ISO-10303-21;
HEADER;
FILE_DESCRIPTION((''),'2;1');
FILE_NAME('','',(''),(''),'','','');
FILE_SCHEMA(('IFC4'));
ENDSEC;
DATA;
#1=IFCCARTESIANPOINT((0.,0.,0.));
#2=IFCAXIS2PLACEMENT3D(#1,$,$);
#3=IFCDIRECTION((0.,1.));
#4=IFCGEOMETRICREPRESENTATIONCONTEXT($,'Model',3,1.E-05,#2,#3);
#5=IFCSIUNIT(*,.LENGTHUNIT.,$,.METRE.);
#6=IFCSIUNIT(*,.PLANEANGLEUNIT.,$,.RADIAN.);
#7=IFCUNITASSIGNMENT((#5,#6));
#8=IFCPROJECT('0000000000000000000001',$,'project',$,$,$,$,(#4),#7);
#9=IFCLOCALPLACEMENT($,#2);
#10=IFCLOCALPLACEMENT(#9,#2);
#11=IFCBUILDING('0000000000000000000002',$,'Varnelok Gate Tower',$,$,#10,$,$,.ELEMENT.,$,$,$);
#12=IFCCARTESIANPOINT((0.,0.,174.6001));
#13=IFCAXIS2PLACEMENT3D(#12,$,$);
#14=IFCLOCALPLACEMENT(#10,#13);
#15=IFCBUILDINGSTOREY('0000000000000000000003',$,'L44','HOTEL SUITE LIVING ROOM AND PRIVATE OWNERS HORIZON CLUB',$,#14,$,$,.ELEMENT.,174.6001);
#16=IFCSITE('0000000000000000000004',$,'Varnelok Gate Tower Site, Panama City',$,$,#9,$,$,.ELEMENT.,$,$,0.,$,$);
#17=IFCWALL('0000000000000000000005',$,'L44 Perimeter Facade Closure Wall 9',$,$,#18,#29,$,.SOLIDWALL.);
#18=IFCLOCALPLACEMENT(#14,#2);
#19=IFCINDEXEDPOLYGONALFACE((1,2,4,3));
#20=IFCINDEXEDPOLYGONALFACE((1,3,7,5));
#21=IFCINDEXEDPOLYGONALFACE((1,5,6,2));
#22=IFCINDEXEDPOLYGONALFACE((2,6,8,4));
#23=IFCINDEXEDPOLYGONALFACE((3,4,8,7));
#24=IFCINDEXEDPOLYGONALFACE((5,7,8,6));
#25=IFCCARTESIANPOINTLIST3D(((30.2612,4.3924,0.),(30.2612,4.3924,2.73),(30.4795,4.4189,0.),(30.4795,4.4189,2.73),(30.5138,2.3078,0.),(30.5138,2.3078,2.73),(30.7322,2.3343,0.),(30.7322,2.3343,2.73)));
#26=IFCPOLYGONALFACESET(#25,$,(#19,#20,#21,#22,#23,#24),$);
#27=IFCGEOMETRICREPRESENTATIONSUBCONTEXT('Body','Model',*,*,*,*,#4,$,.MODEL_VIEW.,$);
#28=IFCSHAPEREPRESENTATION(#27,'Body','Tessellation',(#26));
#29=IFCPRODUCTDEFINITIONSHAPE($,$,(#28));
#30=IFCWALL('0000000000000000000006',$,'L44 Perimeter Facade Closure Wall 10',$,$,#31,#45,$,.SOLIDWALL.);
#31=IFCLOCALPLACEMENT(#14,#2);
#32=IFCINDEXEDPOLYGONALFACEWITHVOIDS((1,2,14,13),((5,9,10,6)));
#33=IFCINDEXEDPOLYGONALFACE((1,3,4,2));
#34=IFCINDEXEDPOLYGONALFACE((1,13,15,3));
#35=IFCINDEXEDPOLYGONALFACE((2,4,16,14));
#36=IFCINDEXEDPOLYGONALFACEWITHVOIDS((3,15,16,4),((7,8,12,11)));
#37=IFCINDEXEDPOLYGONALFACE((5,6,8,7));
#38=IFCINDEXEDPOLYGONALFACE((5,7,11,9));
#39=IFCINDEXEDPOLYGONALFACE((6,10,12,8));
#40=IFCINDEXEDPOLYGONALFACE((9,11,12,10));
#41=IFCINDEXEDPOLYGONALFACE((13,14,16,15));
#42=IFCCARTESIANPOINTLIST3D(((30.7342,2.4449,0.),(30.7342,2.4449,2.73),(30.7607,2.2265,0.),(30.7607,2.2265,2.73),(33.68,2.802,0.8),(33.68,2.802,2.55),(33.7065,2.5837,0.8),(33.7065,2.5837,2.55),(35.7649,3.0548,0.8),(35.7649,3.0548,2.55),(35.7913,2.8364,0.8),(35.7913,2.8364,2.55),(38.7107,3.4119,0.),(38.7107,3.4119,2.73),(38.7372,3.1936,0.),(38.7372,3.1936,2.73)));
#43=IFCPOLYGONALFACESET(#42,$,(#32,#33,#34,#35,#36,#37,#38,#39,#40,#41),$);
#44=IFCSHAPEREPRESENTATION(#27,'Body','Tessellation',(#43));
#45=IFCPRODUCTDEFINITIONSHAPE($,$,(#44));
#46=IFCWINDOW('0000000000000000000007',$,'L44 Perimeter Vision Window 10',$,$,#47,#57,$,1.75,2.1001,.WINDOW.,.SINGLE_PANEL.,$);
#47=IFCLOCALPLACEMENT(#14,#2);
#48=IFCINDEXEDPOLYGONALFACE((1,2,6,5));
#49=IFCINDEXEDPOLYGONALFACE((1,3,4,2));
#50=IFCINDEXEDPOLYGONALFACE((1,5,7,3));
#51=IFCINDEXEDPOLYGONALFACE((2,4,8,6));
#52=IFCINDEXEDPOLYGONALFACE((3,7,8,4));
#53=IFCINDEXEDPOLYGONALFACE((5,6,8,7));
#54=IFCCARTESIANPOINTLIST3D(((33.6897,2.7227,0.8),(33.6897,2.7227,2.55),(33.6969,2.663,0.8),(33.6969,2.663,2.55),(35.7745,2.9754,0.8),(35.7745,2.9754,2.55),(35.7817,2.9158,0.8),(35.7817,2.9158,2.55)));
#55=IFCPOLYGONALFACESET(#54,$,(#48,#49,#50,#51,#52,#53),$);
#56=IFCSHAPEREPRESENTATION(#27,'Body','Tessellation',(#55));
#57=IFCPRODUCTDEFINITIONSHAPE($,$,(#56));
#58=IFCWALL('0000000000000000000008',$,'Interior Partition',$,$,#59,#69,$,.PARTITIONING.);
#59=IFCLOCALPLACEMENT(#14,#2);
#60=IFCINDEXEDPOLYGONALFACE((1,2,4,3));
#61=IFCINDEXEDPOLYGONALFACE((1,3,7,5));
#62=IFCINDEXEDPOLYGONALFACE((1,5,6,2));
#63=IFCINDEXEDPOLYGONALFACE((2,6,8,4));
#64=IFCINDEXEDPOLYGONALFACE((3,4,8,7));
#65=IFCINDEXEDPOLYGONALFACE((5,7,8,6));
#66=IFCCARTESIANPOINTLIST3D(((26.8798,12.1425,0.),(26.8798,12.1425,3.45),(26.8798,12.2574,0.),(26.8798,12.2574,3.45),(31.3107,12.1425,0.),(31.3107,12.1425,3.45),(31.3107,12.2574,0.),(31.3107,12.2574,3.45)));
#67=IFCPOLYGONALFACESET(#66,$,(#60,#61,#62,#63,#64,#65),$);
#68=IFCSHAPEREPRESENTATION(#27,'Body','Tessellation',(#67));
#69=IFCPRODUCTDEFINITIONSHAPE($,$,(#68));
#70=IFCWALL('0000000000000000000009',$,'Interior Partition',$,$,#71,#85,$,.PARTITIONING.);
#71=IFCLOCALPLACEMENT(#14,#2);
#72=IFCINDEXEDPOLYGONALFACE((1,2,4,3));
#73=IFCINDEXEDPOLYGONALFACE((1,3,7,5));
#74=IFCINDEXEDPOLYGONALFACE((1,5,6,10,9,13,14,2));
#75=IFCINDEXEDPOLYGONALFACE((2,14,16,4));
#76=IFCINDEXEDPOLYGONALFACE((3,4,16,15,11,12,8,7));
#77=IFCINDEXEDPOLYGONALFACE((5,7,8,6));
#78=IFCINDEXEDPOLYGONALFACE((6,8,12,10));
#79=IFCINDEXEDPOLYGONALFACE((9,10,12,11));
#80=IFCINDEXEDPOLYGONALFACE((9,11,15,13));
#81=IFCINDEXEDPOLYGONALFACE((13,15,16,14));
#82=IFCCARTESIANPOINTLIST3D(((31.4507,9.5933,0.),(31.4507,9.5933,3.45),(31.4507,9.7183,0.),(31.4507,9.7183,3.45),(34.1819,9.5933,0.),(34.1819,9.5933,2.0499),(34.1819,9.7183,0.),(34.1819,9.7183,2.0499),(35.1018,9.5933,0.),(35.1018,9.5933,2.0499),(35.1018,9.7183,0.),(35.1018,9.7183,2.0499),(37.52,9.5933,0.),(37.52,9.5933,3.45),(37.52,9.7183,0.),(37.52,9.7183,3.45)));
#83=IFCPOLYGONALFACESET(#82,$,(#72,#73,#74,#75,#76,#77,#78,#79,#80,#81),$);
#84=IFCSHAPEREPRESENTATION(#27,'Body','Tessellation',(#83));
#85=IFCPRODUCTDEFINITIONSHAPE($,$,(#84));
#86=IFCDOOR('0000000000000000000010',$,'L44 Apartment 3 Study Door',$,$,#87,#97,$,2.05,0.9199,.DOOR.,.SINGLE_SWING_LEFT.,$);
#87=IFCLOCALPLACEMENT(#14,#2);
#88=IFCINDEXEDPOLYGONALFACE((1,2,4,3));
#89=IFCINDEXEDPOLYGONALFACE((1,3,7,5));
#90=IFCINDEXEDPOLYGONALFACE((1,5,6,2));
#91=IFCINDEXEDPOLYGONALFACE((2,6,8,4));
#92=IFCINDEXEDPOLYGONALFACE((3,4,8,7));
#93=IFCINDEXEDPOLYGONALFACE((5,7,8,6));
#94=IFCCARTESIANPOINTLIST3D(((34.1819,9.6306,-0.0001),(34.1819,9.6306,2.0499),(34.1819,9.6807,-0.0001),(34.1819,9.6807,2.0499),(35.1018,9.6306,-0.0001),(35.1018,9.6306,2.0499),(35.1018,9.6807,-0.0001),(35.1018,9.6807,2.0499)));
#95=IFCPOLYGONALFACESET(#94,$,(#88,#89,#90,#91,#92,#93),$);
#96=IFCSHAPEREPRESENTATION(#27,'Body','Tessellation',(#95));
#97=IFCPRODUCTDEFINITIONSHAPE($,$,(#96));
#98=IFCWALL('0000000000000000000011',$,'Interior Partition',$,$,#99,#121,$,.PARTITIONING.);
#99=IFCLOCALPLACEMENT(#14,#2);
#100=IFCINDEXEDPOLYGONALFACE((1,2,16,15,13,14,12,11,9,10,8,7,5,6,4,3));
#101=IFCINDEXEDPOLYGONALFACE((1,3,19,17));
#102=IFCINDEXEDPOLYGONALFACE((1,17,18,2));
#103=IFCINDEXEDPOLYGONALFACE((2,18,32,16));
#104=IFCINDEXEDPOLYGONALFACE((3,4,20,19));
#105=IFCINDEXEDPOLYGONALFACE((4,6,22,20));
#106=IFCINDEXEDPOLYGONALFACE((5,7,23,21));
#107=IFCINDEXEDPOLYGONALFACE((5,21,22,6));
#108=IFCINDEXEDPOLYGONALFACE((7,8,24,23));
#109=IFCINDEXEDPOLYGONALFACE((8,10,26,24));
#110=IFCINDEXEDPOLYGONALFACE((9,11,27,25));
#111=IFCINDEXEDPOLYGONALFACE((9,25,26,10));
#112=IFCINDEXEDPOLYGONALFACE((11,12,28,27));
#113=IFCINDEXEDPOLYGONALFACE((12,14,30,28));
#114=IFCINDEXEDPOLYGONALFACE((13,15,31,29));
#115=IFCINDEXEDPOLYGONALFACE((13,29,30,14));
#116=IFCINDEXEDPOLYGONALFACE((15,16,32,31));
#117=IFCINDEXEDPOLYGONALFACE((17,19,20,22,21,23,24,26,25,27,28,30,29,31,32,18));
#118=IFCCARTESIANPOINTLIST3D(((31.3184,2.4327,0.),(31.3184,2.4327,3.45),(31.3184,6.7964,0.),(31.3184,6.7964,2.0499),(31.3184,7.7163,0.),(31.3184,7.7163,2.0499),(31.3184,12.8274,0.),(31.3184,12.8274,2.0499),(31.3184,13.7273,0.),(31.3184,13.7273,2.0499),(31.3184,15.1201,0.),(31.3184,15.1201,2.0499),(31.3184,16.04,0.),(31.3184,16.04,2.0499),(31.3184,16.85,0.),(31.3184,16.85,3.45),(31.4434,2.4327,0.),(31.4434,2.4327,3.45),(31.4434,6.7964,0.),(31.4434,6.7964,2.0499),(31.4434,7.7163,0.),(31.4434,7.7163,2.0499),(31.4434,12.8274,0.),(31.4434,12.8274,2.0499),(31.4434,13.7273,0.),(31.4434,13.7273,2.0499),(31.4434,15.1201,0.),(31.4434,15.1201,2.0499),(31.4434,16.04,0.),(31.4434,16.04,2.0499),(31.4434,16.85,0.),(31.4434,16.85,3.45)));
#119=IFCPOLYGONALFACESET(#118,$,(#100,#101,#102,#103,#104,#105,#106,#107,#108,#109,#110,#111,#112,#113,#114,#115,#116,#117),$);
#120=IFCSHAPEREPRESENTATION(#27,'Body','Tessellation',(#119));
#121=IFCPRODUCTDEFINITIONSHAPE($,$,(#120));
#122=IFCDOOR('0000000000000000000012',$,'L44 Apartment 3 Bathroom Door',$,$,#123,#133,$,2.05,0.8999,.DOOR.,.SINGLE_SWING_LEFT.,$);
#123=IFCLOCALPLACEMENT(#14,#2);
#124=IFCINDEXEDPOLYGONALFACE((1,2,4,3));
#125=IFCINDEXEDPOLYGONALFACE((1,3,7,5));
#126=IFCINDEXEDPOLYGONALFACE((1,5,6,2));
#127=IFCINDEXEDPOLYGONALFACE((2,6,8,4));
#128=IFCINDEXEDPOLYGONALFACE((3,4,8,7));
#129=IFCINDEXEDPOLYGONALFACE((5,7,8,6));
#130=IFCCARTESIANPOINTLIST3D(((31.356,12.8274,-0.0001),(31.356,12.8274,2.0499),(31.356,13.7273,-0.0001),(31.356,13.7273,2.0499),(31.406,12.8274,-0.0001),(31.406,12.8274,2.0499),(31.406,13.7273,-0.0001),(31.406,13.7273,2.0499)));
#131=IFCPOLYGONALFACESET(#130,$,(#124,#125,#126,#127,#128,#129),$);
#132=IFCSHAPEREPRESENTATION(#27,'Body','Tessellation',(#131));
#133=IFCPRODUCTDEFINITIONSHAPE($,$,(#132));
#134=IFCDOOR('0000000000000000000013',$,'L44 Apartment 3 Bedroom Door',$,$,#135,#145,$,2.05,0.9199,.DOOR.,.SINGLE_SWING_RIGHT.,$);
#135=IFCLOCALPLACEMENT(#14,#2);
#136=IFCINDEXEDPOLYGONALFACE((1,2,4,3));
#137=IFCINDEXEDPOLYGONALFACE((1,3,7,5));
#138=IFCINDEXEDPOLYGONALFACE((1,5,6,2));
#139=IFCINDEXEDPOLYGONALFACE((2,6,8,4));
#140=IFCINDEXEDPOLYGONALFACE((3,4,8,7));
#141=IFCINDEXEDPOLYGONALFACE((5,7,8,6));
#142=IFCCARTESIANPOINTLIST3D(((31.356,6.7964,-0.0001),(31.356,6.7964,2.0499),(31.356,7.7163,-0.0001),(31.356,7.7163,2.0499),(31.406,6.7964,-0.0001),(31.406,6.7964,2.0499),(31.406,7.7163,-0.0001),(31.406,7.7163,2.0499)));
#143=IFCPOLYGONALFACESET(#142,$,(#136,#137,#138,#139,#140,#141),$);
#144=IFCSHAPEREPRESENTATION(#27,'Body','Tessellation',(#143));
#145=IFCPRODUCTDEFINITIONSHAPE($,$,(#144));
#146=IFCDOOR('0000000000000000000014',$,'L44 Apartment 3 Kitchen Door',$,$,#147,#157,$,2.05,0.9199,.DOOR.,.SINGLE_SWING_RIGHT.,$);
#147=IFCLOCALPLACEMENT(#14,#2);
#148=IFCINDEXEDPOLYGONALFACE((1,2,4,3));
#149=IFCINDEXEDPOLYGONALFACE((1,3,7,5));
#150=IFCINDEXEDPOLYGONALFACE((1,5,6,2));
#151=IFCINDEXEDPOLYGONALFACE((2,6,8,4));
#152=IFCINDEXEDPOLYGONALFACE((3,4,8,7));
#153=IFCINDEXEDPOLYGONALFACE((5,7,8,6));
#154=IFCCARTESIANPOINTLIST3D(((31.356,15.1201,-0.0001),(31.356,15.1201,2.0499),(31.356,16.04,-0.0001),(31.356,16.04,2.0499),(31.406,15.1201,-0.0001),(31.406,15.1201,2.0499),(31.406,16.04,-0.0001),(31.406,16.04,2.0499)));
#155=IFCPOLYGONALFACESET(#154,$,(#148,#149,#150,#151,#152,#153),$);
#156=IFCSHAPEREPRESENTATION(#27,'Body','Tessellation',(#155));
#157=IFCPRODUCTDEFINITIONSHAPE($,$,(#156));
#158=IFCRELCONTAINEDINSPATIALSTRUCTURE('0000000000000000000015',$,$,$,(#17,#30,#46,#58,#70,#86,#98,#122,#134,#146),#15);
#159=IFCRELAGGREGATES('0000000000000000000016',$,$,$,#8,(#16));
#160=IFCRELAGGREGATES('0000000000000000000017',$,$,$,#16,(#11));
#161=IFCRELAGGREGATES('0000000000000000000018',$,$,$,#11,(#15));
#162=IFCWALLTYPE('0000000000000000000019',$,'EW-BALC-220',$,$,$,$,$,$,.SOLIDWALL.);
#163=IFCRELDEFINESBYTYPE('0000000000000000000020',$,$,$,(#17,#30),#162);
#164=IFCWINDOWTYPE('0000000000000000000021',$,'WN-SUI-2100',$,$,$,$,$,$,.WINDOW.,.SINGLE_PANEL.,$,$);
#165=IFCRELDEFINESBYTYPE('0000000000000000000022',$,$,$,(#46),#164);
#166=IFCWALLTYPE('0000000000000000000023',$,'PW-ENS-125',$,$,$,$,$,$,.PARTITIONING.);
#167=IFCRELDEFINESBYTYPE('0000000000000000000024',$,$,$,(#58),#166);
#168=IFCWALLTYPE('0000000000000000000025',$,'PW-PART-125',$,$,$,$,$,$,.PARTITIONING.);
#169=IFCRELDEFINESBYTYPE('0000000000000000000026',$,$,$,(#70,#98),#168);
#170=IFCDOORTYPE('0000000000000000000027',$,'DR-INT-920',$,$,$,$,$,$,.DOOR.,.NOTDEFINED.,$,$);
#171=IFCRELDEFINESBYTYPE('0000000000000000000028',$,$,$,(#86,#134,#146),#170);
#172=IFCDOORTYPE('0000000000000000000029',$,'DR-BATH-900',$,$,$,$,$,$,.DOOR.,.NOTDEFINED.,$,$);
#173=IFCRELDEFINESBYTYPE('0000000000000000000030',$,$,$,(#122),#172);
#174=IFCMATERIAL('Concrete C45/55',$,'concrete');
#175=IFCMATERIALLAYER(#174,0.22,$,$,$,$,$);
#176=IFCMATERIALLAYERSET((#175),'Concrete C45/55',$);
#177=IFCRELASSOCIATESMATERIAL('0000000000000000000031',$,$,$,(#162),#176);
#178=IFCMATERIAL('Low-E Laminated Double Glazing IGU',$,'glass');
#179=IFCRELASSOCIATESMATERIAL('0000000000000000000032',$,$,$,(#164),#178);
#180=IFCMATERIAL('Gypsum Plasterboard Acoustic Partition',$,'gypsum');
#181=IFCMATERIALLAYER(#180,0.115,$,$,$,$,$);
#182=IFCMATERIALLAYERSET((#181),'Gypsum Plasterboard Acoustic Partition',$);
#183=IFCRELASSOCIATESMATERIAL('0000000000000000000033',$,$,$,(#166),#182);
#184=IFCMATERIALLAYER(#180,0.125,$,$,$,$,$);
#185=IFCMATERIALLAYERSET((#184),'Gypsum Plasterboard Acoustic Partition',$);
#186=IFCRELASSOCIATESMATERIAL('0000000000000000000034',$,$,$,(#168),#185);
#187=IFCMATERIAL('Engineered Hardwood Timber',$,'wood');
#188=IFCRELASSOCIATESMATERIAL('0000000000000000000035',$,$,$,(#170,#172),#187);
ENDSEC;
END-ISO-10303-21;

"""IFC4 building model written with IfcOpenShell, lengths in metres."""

from ifc_helpers import new_model, si_unit, direction, frame, frame_2d, origin, place, context, subcontext, project, spatial, rectangle, extrude, material, layer, layer_set, type_object, element, fill, save


model = new_model("IFC4")

# Units and contexts
model_context = context("Model", 3, precision=1e-05, world=origin(), true_north=direction((0.0, 1.0)))
body_context = subcontext(model_context, "Body", "Model", "MODEL_VIEW")
ifc_project = project(units=[si_unit("LENGTHUNIT", "METRE"), si_unit("PLANEANGLEUNIT", "RADIAN")], contexts=[model_context])

# Site, building, storey
site_placement = place(None, origin())
site = spatial("IfcSite", under=ifc_project, at=site_placement, Name="Varnelok Gate Tower Site, Panama City", CompositionType="ELEMENT", RefElevation=0.0)
building_placement = place(site_placement, origin())
building = spatial("IfcBuilding", under=site, at=building_placement, Name="Varnelok Gate Tower", CompositionType="ELEMENT")
storey_placement = place(building_placement, frame((0.0, 0.0, 174.6001)))
storey = spatial("IfcBuildingStorey", under=building, at=storey_placement, Name="L44", Description="HOTEL SUITE LIVING ROOM AND PRIVATE OWNERS HORIZON CLUB", CompositionType="ELEMENT", Elevation=174.6001)

# Shared definitions
ifc_material_1 = material(Name="Concrete C45/55", Category="concrete")
ifc_layer_1 = layer(ifc_material_1, 0.22)
ifc_layer_set_1 = layer_set([ifc_layer_1], Name="Concrete C45/55")
wall_type_1 = type_object("IfcWallType", Name="EW-BALC-220", PredefinedType="SOLIDWALL", material=ifc_layer_set_1)

# Wall
wall_1_placement = place(storey_placement, frame((30.3704, 4.4055, 0.0), z_axis=(0.0, 0.0, 1.0), x_axis=(0.120328, -0.992734, 0.0)))
element("IfcWall", 1, at=wall_1_placement, inside=storey, type_object=wall_type_1, Name="L44 Perimeter Facade Closure Wall 9", PredefinedType="SOLIDWALL", context=body_context, shape_type="SweptSolid", body=[
    extrude(rectangle(XDim=2.0999, YDim=0.22, at=frame_2d((1.0498, 0.0))), origin(), (0.0, 0.0, 1.0), 2.73),
])

# Wall, opening, window
wall_2_placement = place(storey_placement, frame((30.7473, 2.3357, 0.0), z_axis=(0.0, 0.0, 1.0), x_axis=(0.992731, 0.120354, 0.0)))
wall_2 = element("IfcWall", 2, at=wall_2_placement, inside=storey, type_object=wall_type_1, Name="L44 Perimeter Facade Closure Wall 10", PredefinedType="SOLIDWALL", context=body_context, shape_type="SweptSolid", body=[
    extrude(rectangle(XDim=8.0349, YDim=0.22, at=frame_2d((4.0176, 0.0))), origin(), (0.0, 0.0, 1.0), 2.73),
])
opening_1_placement = place(wall_2_placement, frame((2.9675, 0.0, 0.8)))
opening_1 = element("IfcOpeningElement", 3, at=opening_1_placement, cuts=wall_2, PredefinedType="OPENING", context=body_context, shape_type="SweptSolid", body=[
    extrude(rectangle(XDim=2.1001, YDim=1.75, at=frame_2d((1.05, 0.875))), frame((0.0, 0.1199, 0.0), z_axis=(0.0, -1.0, 0.0), x_axis=(1.0, 0.0, 0.0)), (0.0, 0.0, 1.0), 0.24),
])
ifc_material_2 = material(Name="Low-E Laminated Double Glazing IGU", Category="glass")
window_type = type_object("IfcWindowType", Name="WN-SUI-2100", PartitioningType="SINGLE_PANEL", PredefinedType="WINDOW", material=ifc_material_2)
window_placement = place(opening_1_placement, origin())
window = element("IfcWindow", 4, at=window_placement, inside=storey, type_object=window_type, Name="L44 Perimeter Vision Window 10", OverallHeight=1.75, OverallWidth=2.1001, PartitioningType="SINGLE_PANEL", PredefinedType="WINDOW", context=body_context, shape_type="SweptSolid", body=[
    extrude(rectangle(XDim=2.1001, YDim=1.75, at=frame_2d((1.05, 0.875))), frame((0.0, 0.03, 0.0), z_axis=(0.0, -1.0, 0.0), x_axis=(1.0, 0.0, 0.0)), (0.0, 0.0, 1.0), 0.0601),
])
fill(opening_1, window)

# Wall
ifc_material_3 = material(Name="Gypsum Plasterboard Acoustic Partition", Category="gypsum")
ifc_layer_2 = layer(ifc_material_3, 0.115)
ifc_layer_set_2 = layer_set([ifc_layer_2], Name="Gypsum Plasterboard Acoustic Partition")
wall_type_2 = type_object("IfcWallType", Name="PW-ENS-125", PredefinedType="PARTITIONING", material=ifc_layer_set_2)
wall_3_placement = place(storey_placement, frame((26.8799, 12.2, 0.0), z_axis=(0.0, 0.0, 1.0), x_axis=(1.0, 0.0, 0.0)))
element("IfcWall", 5, at=wall_3_placement, inside=storey, type_object=wall_type_2, Name="Interior Partition", PredefinedType="PARTITIONING", context=body_context, shape_type="SweptSolid", body=[
    extrude(rectangle(XDim=4.4309, YDim=0.115, at=frame_2d((2.2153, 0.0))), origin(), (0.0, 0.0, 1.0), 3.45),
])

# Wall, opening, door
ifc_layer_3 = layer(ifc_material_3, 0.125)
ifc_layer_set_3 = layer_set([ifc_layer_3], Name="Gypsum Plasterboard Acoustic Partition")
wall_type_3 = type_object("IfcWallType", Name="PW-PART-125", PredefinedType="PARTITIONING", material=ifc_layer_set_3)
wall_4_placement = place(storey_placement, frame((31.4507, 9.6558, 0.0), z_axis=(0.0, 0.0, 1.0), x_axis=(1.0, 0.0, 0.0)))
wall_4 = element("IfcWall", 6, at=wall_4_placement, inside=storey, type_object=wall_type_3, Name="Interior Partition", PredefinedType="PARTITIONING", context=body_context, shape_type="SweptSolid", body=[
    extrude(rectangle(XDim=6.0693, YDim=0.125, at=frame_2d((3.0347, 0.0))), origin(), (0.0, 0.0, 1.0), 3.45),
])
opening_2_placement = place(wall_4_placement, frame((2.7312, 0.0, 0.0)))
opening_2 = element("IfcOpeningElement", 7, at=opening_2_placement, cuts=wall_4, PredefinedType="OPENING", context=body_context, shape_type="SweptSolid", body=[
    extrude(rectangle(XDim=0.9199, YDim=2.05, at=frame_2d((0.46, 1.0249))), frame((0.0, 0.0725, 0.0), z_axis=(0.0, -1.0, 0.0), x_axis=(1.0, 0.0, 0.0)), (0.0, 0.0, 1.0), 0.145),
])
ifc_material_4 = material(Name="Engineered Hardwood Timber", Category="wood")
door_type_1 = type_object("IfcDoorType", Name="DR-INT-920", OperationType="NOTDEFINED", PredefinedType="DOOR", material=ifc_material_4)
door_1_placement = place(opening_2_placement, origin())
door_1 = element("IfcDoor", 8, at=door_1_placement, inside=storey, type_object=door_type_1, Name="L44 Apartment 3 Study Door", OperationType="SINGLE_SWING_LEFT", OverallHeight=2.05, OverallWidth=0.9199, PredefinedType="DOOR", context=body_context, shape_type="SweptSolid", body=[
    extrude(rectangle(XDim=0.9199, YDim=2.05, at=frame_2d((0.46, 1.0249))), frame((0.0, 0.0249, 0.0), z_axis=(0.0, -1.0, 0.0), x_axis=(1.0, 0.0, 0.0)), (0.0, 0.0, 1.0), 0.05),
])
fill(opening_2, door_1)

# Wall, openings, doors
wall_5_placement = place(storey_placement, frame((31.3809, 2.4329, 0.0), z_axis=(0.0, 0.0, 1.0), x_axis=(0.0, 1.0, 0.0)))
wall_5 = element("IfcWall", 9, at=wall_5_placement, inside=storey, type_object=wall_type_3, Name="Interior Partition", PredefinedType="PARTITIONING", context=body_context, shape_type="SweptSolid", body=[
    extrude(rectangle(XDim=14.4172, YDim=0.125, at=frame_2d((7.2085, 0.0))), origin(), (0.0, 0.0, 1.0), 3.45),
])
opening_3_placement = place(wall_5_placement, frame((4.3635, 0.0, 0.0)))
opening_3 = element("IfcOpeningElement", 10, at=opening_3_placement, cuts=wall_5, PredefinedType="OPENING", context=body_context, shape_type="SweptSolid", body=[
    extrude(rectangle(XDim=0.9199, YDim=2.05, at=frame_2d((0.46, 1.0249))), frame((0.0, 0.0725, 0.0), z_axis=(0.0, -1.0, 0.0), x_axis=(1.0, 0.0, 0.0)), (0.0, 0.0, 1.0), 0.145),
])
opening_4_placement = place(wall_5_placement, frame((10.3945, 0.0, 0.0)))
opening_4 = element("IfcOpeningElement", 11, at=opening_4_placement, cuts=wall_5, PredefinedType="OPENING", context=body_context, shape_type="SweptSolid", body=[
    extrude(rectangle(XDim=0.8999, YDim=2.05, at=frame_2d((0.45, 1.0249))), frame((0.0, 0.0725, 0.0), z_axis=(0.0, -1.0, 0.0), x_axis=(1.0, 0.0, 0.0)), (0.0, 0.0, 1.0), 0.145),
])
opening_5_placement = place(wall_5_placement, frame((12.6873, 0.0, 0.0)))
opening_5 = element("IfcOpeningElement", 12, at=opening_5_placement, cuts=wall_5, PredefinedType="OPENING", context=body_context, shape_type="SweptSolid", body=[
    extrude(rectangle(XDim=0.9199, YDim=2.05, at=frame_2d((0.46, 1.0249))), frame((0.0, 0.0725, 0.0), z_axis=(0.0, -1.0, 0.0), x_axis=(1.0, 0.0, 0.0)), (0.0, 0.0, 1.0), 0.145),
])
door_type_2 = type_object("IfcDoorType", Name="DR-BATH-900", OperationType="NOTDEFINED", PredefinedType="DOOR", material=ifc_material_4)
door_2_placement = place(opening_4_placement, origin())
door_2 = element("IfcDoor", 13, at=door_2_placement, inside=storey, type_object=door_type_2, Name="L44 Apartment 3 Bathroom Door", OperationType="SINGLE_SWING_LEFT", OverallHeight=2.05, OverallWidth=0.8999, PredefinedType="DOOR", context=body_context, shape_type="SweptSolid", body=[
    extrude(rectangle(XDim=0.8999, YDim=2.05, at=frame_2d((0.45, 1.0249))), frame((0.0, 0.0249, 0.0), z_axis=(0.0, -1.0, 0.0), x_axis=(1.0, 0.0, 0.0)), (0.0, 0.0, 1.0), 0.05),
])
fill(opening_4, door_2)
door_3_placement = place(opening_3_placement, origin())
door_3 = element("IfcDoor", 14, at=door_3_placement, inside=storey, type_object=door_type_1, Name="L44 Apartment 3 Bedroom Door", OperationType="SINGLE_SWING_RIGHT", OverallHeight=2.05, OverallWidth=0.9199, PredefinedType="DOOR", context=body_context, shape_type="SweptSolid", body=[
    extrude(rectangle(XDim=0.9199, YDim=2.05, at=frame_2d((0.46, 1.0249))), frame((0.0, 0.0249, 0.0), z_axis=(0.0, -1.0, 0.0), x_axis=(1.0, 0.0, 0.0)), (0.0, 0.0, 1.0), 0.05),
])
fill(opening_3, door_3)
door_4_placement = place(opening_5_placement, origin())
door_4 = element("IfcDoor", 15, at=door_4_placement, inside=storey, type_object=door_type_1, Name="L44 Apartment 3 Kitchen Door", OperationType="SINGLE_SWING_RIGHT", OverallHeight=2.05, OverallWidth=0.9199, PredefinedType="DOOR", context=body_context, shape_type="SweptSolid", body=[
    extrude(rectangle(XDim=0.9199, YDim=2.05, at=frame_2d((0.46, 1.0249))), frame((0.0, 0.0249, 0.0), z_axis=(0.0, -1.0, 0.0), x_axis=(1.0, 0.0, 0.0)), (0.0, 0.0, 1.0), 0.05),
])
fill(opening_5, door_4)

save(model, "model.ifc")
